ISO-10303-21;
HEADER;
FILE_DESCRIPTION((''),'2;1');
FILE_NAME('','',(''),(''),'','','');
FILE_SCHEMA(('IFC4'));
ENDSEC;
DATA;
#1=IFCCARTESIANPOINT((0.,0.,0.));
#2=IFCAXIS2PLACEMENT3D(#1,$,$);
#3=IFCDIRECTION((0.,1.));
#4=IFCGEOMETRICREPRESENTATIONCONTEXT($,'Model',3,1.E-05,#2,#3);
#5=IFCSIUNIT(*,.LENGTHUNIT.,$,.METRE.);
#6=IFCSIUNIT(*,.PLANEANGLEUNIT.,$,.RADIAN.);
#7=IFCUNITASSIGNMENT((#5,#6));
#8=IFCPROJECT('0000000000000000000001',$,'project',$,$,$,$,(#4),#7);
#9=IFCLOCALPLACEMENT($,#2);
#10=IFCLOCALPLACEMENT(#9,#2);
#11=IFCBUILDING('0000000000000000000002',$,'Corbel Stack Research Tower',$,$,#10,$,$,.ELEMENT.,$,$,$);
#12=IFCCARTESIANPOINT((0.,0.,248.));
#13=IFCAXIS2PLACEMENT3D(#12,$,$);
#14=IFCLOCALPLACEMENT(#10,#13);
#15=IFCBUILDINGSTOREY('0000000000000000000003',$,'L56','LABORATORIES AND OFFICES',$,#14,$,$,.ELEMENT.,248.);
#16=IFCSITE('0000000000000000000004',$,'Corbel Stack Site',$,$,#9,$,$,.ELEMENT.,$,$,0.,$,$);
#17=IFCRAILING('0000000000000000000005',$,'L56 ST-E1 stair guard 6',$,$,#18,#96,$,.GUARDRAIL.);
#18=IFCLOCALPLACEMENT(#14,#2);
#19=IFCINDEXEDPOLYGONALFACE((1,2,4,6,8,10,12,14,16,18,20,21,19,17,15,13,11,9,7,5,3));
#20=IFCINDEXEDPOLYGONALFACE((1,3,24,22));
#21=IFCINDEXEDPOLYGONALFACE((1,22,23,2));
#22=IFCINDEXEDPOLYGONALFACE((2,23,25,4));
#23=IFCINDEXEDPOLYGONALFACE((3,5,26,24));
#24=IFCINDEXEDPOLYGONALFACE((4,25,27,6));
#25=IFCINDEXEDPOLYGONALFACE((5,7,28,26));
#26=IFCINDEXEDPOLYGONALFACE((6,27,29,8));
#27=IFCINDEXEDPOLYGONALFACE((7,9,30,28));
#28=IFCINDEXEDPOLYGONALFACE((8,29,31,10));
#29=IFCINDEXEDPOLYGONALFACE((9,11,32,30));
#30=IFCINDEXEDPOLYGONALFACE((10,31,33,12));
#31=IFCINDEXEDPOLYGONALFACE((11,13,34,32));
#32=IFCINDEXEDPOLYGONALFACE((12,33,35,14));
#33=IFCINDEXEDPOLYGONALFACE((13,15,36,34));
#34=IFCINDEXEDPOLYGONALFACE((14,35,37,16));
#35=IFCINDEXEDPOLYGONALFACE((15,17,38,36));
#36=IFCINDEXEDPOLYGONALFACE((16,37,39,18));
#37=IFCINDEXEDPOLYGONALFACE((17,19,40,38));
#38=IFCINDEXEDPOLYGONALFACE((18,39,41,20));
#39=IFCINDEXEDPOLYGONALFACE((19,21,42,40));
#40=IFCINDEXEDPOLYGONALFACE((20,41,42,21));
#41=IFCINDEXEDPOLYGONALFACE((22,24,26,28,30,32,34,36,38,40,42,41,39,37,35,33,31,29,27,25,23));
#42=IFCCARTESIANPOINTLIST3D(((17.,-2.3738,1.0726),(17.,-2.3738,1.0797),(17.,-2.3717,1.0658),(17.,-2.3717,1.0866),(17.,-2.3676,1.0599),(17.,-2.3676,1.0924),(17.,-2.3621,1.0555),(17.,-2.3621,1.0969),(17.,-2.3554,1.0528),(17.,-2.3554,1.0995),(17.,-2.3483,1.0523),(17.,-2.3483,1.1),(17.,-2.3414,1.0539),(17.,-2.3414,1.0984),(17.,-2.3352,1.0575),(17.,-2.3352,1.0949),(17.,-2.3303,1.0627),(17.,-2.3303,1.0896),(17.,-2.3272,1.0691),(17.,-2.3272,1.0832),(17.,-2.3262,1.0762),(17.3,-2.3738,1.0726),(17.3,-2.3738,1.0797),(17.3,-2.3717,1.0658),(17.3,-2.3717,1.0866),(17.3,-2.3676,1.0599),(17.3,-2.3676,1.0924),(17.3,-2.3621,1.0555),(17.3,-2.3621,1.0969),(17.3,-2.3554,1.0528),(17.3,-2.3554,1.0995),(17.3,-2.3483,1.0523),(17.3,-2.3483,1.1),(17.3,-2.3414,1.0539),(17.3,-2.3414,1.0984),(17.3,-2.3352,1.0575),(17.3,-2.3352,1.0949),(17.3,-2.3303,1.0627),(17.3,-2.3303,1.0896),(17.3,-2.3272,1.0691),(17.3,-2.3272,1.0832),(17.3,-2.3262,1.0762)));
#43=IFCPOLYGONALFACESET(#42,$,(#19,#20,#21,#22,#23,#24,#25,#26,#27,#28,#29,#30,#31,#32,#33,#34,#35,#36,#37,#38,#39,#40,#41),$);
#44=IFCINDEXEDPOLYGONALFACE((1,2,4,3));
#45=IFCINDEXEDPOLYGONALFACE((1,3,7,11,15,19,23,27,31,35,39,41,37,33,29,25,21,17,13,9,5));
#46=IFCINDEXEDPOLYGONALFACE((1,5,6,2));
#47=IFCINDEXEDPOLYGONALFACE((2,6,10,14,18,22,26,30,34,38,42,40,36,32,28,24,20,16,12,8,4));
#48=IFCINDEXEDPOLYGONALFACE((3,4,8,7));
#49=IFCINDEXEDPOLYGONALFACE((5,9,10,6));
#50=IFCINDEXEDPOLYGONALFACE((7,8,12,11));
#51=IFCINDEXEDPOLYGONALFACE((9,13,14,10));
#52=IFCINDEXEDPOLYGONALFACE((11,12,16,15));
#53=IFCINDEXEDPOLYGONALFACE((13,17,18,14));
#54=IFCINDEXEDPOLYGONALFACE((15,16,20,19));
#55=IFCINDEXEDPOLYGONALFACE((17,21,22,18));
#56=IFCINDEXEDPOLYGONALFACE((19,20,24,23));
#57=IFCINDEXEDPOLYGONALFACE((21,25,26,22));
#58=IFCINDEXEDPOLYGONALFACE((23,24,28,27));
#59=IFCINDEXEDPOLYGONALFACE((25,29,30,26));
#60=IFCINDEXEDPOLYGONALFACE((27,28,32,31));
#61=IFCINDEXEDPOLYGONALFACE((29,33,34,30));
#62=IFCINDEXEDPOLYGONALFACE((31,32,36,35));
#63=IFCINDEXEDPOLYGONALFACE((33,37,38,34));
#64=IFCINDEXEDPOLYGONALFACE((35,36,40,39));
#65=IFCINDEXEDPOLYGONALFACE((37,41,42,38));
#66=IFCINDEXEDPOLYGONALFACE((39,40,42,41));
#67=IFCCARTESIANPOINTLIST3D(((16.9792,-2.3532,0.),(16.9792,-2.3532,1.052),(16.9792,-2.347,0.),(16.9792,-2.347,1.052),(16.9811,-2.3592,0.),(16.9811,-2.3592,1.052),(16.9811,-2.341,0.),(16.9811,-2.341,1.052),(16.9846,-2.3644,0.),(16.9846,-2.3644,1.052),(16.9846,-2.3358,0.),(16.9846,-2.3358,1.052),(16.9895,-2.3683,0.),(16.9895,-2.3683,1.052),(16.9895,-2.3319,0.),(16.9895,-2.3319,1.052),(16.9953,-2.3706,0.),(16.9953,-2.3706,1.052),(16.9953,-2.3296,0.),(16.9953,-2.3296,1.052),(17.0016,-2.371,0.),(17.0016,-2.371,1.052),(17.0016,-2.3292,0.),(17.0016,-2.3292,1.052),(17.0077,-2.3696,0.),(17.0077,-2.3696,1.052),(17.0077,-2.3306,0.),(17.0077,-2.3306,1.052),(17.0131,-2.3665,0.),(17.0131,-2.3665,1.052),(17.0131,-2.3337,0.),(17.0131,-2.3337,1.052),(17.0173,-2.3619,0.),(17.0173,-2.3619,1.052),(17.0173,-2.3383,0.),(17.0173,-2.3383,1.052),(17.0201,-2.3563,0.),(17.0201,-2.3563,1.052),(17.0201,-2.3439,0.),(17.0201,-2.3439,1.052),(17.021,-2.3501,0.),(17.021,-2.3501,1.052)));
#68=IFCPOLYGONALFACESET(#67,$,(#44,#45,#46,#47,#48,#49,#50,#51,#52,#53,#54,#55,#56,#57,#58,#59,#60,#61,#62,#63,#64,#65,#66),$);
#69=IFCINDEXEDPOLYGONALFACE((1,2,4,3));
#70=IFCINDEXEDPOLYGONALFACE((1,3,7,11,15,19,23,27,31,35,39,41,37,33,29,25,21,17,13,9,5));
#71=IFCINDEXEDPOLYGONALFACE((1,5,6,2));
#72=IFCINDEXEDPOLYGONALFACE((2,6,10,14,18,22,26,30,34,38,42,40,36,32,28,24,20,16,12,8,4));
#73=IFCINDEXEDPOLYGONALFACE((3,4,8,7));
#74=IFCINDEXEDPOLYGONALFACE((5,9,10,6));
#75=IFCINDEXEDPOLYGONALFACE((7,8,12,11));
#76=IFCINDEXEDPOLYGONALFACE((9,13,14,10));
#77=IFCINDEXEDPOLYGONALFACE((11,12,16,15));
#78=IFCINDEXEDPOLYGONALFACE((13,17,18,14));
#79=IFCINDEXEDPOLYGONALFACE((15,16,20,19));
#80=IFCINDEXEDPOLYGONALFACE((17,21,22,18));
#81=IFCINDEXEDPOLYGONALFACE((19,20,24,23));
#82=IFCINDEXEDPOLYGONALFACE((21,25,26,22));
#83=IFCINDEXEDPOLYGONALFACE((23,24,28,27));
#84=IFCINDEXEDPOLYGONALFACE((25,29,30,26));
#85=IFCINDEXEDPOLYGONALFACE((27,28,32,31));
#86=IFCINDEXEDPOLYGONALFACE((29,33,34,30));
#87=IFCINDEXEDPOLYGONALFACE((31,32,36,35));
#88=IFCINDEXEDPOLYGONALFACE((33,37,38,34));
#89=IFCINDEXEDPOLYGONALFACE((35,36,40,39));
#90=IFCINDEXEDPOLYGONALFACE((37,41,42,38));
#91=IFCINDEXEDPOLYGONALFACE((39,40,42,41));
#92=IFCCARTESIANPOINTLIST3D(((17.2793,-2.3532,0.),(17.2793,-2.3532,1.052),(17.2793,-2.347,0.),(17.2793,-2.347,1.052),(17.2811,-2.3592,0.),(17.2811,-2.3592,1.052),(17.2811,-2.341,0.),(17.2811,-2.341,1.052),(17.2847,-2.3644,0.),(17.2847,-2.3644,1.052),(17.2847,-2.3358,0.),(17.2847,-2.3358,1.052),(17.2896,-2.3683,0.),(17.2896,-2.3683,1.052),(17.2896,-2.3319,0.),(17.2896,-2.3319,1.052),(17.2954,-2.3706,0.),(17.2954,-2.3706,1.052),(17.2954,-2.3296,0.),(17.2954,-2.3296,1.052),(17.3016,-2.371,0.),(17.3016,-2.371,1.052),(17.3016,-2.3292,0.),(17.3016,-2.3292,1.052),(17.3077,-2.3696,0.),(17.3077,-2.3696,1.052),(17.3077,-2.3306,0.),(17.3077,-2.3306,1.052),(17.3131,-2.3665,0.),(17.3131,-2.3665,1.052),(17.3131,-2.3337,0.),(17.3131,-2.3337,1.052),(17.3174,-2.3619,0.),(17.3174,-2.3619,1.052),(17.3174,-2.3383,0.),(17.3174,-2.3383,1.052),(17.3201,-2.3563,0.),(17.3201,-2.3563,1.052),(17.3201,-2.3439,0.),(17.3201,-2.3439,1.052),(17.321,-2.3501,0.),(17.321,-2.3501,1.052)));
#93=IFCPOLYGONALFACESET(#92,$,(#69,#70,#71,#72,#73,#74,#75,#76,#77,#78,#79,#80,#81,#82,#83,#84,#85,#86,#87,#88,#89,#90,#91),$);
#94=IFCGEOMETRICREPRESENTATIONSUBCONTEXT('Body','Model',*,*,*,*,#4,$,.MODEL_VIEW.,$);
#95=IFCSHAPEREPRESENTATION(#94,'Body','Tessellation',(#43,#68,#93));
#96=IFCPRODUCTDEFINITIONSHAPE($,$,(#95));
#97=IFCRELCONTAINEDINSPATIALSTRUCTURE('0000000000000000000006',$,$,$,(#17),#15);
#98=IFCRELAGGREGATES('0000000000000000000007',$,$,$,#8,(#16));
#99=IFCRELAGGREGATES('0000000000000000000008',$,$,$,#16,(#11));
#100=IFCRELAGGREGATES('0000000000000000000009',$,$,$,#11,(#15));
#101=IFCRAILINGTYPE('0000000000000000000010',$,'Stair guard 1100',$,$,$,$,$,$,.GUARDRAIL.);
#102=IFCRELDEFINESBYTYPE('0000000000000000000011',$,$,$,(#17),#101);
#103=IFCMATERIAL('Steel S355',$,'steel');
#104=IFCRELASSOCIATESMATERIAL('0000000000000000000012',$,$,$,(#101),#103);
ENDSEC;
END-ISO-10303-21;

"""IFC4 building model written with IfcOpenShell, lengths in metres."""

from ifc_helpers import new_model, si_unit, direction, frame, origin, origin_2d, place, context, subcontext, project, spatial, circle, extrude, material, type_object, element, save


model = new_model("IFC4")

# Units and contexts
model_context = context("Model", 3, precision=1e-05, world=origin(), true_north=direction((0.0, 1.0)))
body_context = subcontext(model_context, "Body", "Model", "MODEL_VIEW")
ifc_project = project(units=[si_unit("LENGTHUNIT", "METRE"), si_unit("PLANEANGLEUNIT", "RADIAN")], contexts=[model_context])

# Site, building, storey
site_placement = place(None, origin())
site = spatial("IfcSite", under=ifc_project, at=site_placement, Name="Corbel Stack Site", CompositionType="ELEMENT", RefElevation=0.0)
building_placement = place(site_placement, origin())
building = spatial("IfcBuilding", under=site, at=building_placement, Name="Corbel Stack Research Tower", CompositionType="ELEMENT")
storey_placement = place(building_placement, frame((0.0, 0.0, 248.0)))
storey = spatial("IfcBuildingStorey", under=building, at=storey_placement, Name="L56", Description="LABORATORIES AND OFFICES", CompositionType="ELEMENT", Elevation=248.0)

# Railing
ifc_material_1 = material(Name="Steel S355", Category="steel")
railing_type_1 = type_object("IfcRailingType", Name="Stair guard 1100", PredefinedType="GUARDRAIL", material=ifc_material_1)
railing_1_placement = place(storey_placement, frame((17.0, -2.3501, 0.0)))
element("IfcRailing", 1, at=railing_1_placement, inside=storey, type_object=railing_type_1, Name="L56 ST-E1 stair guard 6", PredefinedType="GUARDRAIL", context=body_context, shape_type="SweptSolid", body=[
    extrude(circle(Radius=0.0239, at=origin_2d()), frame((0.0, 0.0, 1.0762), z_axis=(1.0, 0.0, 0.0), x_axis=(0.0, 1.0, 0.0)), (0.0, 0.0, 1.0), 0.3),
    extrude(circle(Radius=0.021, at=origin_2d()), origin(), (0.0, 0.0, 1.0), 1.052),
    extrude(circle(Radius=0.021, at=origin_2d()), frame((0.3, 0.0, 0.0)), (0.0, 0.0, 1.0), 1.052),
])

save(model, "model.ifc")
